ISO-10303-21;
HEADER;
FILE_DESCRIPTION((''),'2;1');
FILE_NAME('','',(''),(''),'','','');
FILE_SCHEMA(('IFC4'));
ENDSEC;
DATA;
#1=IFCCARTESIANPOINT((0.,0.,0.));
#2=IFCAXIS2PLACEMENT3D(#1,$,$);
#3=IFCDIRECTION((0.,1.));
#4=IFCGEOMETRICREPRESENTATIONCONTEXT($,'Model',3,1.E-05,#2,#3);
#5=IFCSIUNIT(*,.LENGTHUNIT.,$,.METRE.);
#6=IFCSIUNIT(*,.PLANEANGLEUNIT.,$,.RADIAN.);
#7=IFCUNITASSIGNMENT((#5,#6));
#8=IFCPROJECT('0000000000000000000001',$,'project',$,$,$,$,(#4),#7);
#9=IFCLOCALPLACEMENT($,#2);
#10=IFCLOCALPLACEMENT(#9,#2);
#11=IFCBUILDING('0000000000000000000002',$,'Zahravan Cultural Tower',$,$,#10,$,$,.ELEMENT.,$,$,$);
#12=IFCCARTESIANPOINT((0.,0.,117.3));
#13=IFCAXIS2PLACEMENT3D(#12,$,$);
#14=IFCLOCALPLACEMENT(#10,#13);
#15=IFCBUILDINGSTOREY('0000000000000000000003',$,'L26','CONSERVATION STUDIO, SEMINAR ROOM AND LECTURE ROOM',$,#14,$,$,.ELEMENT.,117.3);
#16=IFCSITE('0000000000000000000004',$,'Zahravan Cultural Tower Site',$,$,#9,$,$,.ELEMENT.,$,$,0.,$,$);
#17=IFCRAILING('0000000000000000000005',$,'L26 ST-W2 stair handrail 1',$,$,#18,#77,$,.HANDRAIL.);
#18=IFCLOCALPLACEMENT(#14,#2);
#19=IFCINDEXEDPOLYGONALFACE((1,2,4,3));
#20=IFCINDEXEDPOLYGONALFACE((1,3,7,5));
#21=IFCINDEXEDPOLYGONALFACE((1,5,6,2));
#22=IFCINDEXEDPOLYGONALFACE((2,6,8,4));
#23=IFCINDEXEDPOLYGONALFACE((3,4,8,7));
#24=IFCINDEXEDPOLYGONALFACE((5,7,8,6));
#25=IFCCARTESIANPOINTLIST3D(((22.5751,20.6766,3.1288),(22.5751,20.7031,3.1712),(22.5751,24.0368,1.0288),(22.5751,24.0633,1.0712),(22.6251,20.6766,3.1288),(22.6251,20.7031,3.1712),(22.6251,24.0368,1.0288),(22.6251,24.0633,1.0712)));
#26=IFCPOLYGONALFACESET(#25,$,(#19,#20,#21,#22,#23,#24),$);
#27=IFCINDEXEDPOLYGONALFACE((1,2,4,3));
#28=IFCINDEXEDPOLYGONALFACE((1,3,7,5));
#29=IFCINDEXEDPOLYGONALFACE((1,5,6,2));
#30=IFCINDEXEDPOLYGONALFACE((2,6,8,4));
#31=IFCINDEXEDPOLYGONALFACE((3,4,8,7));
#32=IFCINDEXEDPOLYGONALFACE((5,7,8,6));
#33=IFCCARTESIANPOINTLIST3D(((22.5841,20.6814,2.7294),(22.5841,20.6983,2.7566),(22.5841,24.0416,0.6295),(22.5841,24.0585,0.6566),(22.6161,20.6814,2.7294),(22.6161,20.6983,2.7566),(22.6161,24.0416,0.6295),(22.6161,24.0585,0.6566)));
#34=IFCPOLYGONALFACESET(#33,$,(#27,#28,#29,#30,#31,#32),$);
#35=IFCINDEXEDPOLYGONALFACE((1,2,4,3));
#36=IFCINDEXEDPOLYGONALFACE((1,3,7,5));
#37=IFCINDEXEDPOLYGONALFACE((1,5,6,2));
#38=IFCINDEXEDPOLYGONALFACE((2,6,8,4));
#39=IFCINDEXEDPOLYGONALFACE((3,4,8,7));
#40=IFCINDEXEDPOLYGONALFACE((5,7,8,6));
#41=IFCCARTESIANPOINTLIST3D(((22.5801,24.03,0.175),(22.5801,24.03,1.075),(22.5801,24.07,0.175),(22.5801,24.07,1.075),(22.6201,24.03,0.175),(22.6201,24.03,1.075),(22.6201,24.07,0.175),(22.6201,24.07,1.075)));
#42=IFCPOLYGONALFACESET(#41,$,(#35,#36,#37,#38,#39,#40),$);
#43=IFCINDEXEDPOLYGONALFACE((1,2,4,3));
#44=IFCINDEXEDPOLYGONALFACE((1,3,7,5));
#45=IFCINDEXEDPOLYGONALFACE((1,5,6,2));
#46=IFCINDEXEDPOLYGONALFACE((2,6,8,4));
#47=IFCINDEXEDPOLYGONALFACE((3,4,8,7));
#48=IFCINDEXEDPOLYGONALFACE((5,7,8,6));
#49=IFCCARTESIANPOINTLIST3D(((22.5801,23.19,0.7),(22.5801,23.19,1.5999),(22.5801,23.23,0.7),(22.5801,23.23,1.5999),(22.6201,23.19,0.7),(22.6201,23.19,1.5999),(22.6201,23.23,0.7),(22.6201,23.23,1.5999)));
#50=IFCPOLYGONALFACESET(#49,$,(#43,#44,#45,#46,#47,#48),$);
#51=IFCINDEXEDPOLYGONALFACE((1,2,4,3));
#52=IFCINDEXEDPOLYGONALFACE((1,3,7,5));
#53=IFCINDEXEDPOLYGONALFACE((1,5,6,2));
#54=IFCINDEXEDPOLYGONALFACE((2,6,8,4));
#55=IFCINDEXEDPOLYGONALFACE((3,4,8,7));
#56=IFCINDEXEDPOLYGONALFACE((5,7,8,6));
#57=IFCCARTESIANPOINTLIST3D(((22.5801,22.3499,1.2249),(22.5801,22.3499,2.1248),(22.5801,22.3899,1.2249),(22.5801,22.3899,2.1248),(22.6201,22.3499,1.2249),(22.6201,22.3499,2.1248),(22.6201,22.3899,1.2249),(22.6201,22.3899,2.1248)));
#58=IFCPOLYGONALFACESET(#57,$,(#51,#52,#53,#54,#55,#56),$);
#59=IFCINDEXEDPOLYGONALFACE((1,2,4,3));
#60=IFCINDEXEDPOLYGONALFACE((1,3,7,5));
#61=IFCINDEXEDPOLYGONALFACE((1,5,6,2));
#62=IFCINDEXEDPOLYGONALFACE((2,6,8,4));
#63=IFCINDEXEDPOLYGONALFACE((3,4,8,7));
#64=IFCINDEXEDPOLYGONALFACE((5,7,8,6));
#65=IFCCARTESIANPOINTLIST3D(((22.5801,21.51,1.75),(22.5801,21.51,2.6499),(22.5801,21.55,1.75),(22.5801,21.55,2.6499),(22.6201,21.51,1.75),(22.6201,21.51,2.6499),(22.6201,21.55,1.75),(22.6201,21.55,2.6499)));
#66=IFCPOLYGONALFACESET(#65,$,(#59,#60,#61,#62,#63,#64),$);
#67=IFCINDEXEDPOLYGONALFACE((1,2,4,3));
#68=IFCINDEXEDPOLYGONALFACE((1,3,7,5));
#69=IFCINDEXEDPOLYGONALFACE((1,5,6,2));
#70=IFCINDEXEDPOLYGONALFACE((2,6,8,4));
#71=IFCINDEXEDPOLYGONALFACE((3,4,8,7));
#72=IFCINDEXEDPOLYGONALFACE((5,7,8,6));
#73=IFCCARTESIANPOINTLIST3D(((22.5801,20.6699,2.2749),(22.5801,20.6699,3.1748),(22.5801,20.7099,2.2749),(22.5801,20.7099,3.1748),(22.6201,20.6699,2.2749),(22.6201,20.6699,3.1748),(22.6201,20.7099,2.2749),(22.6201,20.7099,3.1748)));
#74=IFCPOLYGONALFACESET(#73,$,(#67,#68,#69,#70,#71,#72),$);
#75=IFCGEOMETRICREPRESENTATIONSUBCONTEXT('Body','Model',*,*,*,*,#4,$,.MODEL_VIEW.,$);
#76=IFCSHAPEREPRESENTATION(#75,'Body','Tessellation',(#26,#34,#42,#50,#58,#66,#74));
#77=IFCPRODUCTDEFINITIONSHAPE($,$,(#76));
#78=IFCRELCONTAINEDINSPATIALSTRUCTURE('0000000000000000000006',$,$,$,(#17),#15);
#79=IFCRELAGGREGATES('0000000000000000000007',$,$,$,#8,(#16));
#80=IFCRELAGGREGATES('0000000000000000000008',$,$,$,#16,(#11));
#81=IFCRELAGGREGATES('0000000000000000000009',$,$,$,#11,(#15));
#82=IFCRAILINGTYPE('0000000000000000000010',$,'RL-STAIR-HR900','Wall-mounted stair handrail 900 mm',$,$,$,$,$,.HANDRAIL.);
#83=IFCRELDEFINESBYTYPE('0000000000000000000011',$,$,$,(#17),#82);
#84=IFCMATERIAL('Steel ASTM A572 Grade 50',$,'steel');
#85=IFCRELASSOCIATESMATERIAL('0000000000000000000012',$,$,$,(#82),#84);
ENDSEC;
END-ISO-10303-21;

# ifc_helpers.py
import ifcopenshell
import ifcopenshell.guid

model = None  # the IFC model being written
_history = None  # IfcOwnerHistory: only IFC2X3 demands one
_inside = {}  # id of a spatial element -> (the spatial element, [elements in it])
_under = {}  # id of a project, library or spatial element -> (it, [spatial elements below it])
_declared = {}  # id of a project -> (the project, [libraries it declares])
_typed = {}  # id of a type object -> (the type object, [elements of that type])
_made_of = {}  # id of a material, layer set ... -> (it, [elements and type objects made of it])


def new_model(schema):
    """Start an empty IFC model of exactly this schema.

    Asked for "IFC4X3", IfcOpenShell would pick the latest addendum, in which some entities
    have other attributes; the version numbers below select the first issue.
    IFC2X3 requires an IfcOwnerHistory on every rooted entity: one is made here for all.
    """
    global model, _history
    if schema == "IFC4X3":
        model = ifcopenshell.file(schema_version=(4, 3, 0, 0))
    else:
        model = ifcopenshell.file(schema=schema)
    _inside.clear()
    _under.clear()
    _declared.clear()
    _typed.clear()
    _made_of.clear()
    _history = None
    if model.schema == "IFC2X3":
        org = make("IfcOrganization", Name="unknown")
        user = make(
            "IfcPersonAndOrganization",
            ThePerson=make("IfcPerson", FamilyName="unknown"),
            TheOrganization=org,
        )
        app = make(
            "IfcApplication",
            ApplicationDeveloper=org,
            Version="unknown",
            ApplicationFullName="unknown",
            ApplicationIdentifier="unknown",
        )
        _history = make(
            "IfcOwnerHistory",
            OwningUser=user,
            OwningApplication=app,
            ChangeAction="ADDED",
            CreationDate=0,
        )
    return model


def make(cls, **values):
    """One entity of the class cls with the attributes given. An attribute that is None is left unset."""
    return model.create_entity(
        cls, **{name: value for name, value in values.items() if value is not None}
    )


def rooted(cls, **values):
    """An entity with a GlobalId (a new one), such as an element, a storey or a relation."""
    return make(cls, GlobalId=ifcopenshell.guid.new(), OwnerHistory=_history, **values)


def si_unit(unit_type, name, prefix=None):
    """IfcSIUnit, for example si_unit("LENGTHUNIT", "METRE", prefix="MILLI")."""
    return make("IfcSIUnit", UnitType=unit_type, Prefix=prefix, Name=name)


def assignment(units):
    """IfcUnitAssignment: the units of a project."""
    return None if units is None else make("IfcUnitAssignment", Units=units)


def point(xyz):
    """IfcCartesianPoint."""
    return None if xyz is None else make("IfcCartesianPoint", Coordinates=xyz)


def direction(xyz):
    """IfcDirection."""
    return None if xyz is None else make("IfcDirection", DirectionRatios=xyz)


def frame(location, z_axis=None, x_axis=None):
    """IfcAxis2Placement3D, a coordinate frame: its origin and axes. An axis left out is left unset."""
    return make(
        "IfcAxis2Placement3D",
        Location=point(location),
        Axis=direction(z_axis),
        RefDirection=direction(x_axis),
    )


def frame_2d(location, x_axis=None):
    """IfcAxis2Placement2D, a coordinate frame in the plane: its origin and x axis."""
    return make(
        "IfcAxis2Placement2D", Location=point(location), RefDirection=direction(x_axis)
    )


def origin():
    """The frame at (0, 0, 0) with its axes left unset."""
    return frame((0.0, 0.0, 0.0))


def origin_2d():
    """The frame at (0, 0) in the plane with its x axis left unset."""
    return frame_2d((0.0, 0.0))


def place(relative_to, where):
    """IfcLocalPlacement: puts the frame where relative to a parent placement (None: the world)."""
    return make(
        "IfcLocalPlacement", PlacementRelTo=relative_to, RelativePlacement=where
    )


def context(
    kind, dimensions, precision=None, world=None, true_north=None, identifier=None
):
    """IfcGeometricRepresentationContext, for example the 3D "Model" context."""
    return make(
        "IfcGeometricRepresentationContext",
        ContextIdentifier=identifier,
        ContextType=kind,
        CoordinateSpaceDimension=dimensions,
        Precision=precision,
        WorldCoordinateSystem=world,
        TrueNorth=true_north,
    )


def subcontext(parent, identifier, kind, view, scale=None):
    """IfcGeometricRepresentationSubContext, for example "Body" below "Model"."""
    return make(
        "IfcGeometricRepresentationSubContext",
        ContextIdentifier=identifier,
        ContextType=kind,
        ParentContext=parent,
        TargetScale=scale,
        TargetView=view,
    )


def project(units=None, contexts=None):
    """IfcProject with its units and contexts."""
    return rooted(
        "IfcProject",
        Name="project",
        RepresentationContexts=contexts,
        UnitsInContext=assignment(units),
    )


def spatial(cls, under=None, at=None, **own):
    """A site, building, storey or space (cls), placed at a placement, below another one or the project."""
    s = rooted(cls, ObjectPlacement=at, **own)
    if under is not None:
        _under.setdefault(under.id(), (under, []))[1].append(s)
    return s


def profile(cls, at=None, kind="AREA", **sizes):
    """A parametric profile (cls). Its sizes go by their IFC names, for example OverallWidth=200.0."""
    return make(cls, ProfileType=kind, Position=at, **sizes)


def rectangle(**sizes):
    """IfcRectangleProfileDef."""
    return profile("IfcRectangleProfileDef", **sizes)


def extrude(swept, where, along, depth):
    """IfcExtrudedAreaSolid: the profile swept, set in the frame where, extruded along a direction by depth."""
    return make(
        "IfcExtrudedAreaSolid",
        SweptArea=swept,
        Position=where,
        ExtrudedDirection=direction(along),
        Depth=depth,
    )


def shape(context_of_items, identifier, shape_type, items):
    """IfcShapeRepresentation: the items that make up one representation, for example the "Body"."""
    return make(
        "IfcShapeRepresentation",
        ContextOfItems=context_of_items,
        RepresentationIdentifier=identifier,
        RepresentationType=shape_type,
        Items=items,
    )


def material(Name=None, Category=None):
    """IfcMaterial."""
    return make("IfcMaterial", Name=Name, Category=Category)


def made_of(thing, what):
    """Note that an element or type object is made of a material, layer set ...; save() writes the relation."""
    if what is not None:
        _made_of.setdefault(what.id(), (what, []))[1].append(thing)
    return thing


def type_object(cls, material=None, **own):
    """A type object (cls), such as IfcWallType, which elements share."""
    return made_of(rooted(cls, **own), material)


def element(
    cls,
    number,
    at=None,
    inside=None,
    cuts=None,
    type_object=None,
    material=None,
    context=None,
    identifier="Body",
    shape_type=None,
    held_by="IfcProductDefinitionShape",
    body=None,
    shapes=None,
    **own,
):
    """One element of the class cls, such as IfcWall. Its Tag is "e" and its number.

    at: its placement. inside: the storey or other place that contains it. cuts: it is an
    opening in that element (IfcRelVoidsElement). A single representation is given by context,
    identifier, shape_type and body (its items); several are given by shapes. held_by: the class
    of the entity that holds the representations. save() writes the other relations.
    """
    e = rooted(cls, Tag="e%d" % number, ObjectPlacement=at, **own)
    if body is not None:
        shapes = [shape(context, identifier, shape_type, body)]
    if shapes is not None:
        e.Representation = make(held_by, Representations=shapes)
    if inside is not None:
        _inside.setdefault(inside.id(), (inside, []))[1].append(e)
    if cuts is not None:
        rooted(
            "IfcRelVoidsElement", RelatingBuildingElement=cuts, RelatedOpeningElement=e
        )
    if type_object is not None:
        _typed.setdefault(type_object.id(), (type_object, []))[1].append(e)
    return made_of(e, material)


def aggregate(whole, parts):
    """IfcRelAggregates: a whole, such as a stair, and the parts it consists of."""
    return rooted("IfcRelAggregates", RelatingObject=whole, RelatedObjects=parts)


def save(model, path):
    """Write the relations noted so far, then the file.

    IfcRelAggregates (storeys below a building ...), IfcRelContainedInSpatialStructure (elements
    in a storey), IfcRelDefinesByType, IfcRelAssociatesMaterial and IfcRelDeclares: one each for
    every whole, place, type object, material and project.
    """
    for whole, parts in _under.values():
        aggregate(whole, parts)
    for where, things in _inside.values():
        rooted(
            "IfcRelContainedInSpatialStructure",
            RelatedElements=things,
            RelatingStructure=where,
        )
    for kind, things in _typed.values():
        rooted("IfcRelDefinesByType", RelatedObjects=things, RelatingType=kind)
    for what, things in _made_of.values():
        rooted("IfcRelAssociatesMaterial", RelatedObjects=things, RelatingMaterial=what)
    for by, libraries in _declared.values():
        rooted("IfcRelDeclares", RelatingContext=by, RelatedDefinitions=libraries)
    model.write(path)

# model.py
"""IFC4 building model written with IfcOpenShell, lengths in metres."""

from ifc_helpers import new_model, si_unit, direction, frame, origin, origin_2d, place, context, subcontext, project, spatial, rectangle, extrude, material, type_object, element, save


model = new_model("IFC4")

# Units and contexts
model_context = context("Model", 3, precision=1e-05, world=origin(), true_north=direction((0.0, 1.0)))
body_context = subcontext(model_context, "Body", "Model", "MODEL_VIEW")
ifc_project = project(units=[si_unit("LENGTHUNIT", "METRE"), si_unit("PLANEANGLEUNIT", "RADIAN")], contexts=[model_context])

# Site, building, storey
site_placement = place(None, origin())
site = spatial("IfcSite", under=ifc_project, at=site_placement, Name="Zahravan Cultural Tower Site", CompositionType="ELEMENT", RefElevation=0.0)
building_placement = place(site_placement, origin())
building = spatial("IfcBuilding", under=site, at=building_placement, Name="Zahravan Cultural Tower", CompositionType="ELEMENT")
storey_placement = place(building_placement, frame((0.0, 0.0, 117.3)))
storey = spatial("IfcBuildingStorey", under=building, at=storey_placement, Name="L26", Description="CONSERVATION STUDIO, SEMINAR ROOM AND LECTURE ROOM", CompositionType="ELEMENT", Elevation=117.3)

# Railing
ifc_material_1 = material(Name="Steel ASTM A572 Grade 50", Category="steel")
railing_type = type_object("IfcRailingType", Name="RL-STAIR-HR900", Description="Wall-mounted stair handrail 900 mm", PredefinedType="HANDRAIL", material=ifc_material_1)
railing_placement = place(storey_placement, frame((22.6001, 24.05, 0.175)))
element("IfcRailing", 1, at=railing_placement, inside=storey, type_object=railing_type, Name="L26 ST-W2 stair handrail 1", PredefinedType="HANDRAIL", context=body_context, shape_type="SweptSolid", body=[
    extrude(rectangle(XDim=0.05, YDim=0.05, at=origin_2d()), frame((0.0, 0.0, 0.875), z_axis=(0.0, -0.848023, 0.52996), x_axis=(1.0, 0.0, 0.0)), (0.0, 0.0, 1.0), 3.9624),
    extrude(rectangle(XDim=0.032, YDim=0.032, at=origin_2d()), frame((0.0, 0.0, 0.468), z_axis=(0.0, -0.848023, 0.52996), x_axis=(1.0, 0.0, 0.0)), (0.0, 0.0, 1.0), 3.9624),
    extrude(rectangle(XDim=0.04, YDim=0.04, at=origin_2d()), origin(), (0.0, 0.0, 1.0), 0.8999),
    extrude(rectangle(XDim=0.04, YDim=0.04, at=origin_2d()), frame((0.0, -0.8401, 0.5249)), (0.0, 0.0, 1.0), 0.8999),
    extrude(rectangle(XDim=0.04, YDim=0.04, at=origin_2d()), frame((0.0, -1.6802, 1.0498)), (0.0, 0.0, 1.0), 0.8999),
    extrude(rectangle(XDim=0.04, YDim=0.04, at=origin_2d()), frame((0.0, -2.52, 1.575)), (0.0, 0.0, 1.0), 0.8999),
    extrude(rectangle(XDim=0.04, YDim=0.04, at=origin_2d()), frame((0.0, -3.3601, 2.0999)), (0.0, 0.0, 1.0), 0.8999),
])

save(model, "model.ifc")
